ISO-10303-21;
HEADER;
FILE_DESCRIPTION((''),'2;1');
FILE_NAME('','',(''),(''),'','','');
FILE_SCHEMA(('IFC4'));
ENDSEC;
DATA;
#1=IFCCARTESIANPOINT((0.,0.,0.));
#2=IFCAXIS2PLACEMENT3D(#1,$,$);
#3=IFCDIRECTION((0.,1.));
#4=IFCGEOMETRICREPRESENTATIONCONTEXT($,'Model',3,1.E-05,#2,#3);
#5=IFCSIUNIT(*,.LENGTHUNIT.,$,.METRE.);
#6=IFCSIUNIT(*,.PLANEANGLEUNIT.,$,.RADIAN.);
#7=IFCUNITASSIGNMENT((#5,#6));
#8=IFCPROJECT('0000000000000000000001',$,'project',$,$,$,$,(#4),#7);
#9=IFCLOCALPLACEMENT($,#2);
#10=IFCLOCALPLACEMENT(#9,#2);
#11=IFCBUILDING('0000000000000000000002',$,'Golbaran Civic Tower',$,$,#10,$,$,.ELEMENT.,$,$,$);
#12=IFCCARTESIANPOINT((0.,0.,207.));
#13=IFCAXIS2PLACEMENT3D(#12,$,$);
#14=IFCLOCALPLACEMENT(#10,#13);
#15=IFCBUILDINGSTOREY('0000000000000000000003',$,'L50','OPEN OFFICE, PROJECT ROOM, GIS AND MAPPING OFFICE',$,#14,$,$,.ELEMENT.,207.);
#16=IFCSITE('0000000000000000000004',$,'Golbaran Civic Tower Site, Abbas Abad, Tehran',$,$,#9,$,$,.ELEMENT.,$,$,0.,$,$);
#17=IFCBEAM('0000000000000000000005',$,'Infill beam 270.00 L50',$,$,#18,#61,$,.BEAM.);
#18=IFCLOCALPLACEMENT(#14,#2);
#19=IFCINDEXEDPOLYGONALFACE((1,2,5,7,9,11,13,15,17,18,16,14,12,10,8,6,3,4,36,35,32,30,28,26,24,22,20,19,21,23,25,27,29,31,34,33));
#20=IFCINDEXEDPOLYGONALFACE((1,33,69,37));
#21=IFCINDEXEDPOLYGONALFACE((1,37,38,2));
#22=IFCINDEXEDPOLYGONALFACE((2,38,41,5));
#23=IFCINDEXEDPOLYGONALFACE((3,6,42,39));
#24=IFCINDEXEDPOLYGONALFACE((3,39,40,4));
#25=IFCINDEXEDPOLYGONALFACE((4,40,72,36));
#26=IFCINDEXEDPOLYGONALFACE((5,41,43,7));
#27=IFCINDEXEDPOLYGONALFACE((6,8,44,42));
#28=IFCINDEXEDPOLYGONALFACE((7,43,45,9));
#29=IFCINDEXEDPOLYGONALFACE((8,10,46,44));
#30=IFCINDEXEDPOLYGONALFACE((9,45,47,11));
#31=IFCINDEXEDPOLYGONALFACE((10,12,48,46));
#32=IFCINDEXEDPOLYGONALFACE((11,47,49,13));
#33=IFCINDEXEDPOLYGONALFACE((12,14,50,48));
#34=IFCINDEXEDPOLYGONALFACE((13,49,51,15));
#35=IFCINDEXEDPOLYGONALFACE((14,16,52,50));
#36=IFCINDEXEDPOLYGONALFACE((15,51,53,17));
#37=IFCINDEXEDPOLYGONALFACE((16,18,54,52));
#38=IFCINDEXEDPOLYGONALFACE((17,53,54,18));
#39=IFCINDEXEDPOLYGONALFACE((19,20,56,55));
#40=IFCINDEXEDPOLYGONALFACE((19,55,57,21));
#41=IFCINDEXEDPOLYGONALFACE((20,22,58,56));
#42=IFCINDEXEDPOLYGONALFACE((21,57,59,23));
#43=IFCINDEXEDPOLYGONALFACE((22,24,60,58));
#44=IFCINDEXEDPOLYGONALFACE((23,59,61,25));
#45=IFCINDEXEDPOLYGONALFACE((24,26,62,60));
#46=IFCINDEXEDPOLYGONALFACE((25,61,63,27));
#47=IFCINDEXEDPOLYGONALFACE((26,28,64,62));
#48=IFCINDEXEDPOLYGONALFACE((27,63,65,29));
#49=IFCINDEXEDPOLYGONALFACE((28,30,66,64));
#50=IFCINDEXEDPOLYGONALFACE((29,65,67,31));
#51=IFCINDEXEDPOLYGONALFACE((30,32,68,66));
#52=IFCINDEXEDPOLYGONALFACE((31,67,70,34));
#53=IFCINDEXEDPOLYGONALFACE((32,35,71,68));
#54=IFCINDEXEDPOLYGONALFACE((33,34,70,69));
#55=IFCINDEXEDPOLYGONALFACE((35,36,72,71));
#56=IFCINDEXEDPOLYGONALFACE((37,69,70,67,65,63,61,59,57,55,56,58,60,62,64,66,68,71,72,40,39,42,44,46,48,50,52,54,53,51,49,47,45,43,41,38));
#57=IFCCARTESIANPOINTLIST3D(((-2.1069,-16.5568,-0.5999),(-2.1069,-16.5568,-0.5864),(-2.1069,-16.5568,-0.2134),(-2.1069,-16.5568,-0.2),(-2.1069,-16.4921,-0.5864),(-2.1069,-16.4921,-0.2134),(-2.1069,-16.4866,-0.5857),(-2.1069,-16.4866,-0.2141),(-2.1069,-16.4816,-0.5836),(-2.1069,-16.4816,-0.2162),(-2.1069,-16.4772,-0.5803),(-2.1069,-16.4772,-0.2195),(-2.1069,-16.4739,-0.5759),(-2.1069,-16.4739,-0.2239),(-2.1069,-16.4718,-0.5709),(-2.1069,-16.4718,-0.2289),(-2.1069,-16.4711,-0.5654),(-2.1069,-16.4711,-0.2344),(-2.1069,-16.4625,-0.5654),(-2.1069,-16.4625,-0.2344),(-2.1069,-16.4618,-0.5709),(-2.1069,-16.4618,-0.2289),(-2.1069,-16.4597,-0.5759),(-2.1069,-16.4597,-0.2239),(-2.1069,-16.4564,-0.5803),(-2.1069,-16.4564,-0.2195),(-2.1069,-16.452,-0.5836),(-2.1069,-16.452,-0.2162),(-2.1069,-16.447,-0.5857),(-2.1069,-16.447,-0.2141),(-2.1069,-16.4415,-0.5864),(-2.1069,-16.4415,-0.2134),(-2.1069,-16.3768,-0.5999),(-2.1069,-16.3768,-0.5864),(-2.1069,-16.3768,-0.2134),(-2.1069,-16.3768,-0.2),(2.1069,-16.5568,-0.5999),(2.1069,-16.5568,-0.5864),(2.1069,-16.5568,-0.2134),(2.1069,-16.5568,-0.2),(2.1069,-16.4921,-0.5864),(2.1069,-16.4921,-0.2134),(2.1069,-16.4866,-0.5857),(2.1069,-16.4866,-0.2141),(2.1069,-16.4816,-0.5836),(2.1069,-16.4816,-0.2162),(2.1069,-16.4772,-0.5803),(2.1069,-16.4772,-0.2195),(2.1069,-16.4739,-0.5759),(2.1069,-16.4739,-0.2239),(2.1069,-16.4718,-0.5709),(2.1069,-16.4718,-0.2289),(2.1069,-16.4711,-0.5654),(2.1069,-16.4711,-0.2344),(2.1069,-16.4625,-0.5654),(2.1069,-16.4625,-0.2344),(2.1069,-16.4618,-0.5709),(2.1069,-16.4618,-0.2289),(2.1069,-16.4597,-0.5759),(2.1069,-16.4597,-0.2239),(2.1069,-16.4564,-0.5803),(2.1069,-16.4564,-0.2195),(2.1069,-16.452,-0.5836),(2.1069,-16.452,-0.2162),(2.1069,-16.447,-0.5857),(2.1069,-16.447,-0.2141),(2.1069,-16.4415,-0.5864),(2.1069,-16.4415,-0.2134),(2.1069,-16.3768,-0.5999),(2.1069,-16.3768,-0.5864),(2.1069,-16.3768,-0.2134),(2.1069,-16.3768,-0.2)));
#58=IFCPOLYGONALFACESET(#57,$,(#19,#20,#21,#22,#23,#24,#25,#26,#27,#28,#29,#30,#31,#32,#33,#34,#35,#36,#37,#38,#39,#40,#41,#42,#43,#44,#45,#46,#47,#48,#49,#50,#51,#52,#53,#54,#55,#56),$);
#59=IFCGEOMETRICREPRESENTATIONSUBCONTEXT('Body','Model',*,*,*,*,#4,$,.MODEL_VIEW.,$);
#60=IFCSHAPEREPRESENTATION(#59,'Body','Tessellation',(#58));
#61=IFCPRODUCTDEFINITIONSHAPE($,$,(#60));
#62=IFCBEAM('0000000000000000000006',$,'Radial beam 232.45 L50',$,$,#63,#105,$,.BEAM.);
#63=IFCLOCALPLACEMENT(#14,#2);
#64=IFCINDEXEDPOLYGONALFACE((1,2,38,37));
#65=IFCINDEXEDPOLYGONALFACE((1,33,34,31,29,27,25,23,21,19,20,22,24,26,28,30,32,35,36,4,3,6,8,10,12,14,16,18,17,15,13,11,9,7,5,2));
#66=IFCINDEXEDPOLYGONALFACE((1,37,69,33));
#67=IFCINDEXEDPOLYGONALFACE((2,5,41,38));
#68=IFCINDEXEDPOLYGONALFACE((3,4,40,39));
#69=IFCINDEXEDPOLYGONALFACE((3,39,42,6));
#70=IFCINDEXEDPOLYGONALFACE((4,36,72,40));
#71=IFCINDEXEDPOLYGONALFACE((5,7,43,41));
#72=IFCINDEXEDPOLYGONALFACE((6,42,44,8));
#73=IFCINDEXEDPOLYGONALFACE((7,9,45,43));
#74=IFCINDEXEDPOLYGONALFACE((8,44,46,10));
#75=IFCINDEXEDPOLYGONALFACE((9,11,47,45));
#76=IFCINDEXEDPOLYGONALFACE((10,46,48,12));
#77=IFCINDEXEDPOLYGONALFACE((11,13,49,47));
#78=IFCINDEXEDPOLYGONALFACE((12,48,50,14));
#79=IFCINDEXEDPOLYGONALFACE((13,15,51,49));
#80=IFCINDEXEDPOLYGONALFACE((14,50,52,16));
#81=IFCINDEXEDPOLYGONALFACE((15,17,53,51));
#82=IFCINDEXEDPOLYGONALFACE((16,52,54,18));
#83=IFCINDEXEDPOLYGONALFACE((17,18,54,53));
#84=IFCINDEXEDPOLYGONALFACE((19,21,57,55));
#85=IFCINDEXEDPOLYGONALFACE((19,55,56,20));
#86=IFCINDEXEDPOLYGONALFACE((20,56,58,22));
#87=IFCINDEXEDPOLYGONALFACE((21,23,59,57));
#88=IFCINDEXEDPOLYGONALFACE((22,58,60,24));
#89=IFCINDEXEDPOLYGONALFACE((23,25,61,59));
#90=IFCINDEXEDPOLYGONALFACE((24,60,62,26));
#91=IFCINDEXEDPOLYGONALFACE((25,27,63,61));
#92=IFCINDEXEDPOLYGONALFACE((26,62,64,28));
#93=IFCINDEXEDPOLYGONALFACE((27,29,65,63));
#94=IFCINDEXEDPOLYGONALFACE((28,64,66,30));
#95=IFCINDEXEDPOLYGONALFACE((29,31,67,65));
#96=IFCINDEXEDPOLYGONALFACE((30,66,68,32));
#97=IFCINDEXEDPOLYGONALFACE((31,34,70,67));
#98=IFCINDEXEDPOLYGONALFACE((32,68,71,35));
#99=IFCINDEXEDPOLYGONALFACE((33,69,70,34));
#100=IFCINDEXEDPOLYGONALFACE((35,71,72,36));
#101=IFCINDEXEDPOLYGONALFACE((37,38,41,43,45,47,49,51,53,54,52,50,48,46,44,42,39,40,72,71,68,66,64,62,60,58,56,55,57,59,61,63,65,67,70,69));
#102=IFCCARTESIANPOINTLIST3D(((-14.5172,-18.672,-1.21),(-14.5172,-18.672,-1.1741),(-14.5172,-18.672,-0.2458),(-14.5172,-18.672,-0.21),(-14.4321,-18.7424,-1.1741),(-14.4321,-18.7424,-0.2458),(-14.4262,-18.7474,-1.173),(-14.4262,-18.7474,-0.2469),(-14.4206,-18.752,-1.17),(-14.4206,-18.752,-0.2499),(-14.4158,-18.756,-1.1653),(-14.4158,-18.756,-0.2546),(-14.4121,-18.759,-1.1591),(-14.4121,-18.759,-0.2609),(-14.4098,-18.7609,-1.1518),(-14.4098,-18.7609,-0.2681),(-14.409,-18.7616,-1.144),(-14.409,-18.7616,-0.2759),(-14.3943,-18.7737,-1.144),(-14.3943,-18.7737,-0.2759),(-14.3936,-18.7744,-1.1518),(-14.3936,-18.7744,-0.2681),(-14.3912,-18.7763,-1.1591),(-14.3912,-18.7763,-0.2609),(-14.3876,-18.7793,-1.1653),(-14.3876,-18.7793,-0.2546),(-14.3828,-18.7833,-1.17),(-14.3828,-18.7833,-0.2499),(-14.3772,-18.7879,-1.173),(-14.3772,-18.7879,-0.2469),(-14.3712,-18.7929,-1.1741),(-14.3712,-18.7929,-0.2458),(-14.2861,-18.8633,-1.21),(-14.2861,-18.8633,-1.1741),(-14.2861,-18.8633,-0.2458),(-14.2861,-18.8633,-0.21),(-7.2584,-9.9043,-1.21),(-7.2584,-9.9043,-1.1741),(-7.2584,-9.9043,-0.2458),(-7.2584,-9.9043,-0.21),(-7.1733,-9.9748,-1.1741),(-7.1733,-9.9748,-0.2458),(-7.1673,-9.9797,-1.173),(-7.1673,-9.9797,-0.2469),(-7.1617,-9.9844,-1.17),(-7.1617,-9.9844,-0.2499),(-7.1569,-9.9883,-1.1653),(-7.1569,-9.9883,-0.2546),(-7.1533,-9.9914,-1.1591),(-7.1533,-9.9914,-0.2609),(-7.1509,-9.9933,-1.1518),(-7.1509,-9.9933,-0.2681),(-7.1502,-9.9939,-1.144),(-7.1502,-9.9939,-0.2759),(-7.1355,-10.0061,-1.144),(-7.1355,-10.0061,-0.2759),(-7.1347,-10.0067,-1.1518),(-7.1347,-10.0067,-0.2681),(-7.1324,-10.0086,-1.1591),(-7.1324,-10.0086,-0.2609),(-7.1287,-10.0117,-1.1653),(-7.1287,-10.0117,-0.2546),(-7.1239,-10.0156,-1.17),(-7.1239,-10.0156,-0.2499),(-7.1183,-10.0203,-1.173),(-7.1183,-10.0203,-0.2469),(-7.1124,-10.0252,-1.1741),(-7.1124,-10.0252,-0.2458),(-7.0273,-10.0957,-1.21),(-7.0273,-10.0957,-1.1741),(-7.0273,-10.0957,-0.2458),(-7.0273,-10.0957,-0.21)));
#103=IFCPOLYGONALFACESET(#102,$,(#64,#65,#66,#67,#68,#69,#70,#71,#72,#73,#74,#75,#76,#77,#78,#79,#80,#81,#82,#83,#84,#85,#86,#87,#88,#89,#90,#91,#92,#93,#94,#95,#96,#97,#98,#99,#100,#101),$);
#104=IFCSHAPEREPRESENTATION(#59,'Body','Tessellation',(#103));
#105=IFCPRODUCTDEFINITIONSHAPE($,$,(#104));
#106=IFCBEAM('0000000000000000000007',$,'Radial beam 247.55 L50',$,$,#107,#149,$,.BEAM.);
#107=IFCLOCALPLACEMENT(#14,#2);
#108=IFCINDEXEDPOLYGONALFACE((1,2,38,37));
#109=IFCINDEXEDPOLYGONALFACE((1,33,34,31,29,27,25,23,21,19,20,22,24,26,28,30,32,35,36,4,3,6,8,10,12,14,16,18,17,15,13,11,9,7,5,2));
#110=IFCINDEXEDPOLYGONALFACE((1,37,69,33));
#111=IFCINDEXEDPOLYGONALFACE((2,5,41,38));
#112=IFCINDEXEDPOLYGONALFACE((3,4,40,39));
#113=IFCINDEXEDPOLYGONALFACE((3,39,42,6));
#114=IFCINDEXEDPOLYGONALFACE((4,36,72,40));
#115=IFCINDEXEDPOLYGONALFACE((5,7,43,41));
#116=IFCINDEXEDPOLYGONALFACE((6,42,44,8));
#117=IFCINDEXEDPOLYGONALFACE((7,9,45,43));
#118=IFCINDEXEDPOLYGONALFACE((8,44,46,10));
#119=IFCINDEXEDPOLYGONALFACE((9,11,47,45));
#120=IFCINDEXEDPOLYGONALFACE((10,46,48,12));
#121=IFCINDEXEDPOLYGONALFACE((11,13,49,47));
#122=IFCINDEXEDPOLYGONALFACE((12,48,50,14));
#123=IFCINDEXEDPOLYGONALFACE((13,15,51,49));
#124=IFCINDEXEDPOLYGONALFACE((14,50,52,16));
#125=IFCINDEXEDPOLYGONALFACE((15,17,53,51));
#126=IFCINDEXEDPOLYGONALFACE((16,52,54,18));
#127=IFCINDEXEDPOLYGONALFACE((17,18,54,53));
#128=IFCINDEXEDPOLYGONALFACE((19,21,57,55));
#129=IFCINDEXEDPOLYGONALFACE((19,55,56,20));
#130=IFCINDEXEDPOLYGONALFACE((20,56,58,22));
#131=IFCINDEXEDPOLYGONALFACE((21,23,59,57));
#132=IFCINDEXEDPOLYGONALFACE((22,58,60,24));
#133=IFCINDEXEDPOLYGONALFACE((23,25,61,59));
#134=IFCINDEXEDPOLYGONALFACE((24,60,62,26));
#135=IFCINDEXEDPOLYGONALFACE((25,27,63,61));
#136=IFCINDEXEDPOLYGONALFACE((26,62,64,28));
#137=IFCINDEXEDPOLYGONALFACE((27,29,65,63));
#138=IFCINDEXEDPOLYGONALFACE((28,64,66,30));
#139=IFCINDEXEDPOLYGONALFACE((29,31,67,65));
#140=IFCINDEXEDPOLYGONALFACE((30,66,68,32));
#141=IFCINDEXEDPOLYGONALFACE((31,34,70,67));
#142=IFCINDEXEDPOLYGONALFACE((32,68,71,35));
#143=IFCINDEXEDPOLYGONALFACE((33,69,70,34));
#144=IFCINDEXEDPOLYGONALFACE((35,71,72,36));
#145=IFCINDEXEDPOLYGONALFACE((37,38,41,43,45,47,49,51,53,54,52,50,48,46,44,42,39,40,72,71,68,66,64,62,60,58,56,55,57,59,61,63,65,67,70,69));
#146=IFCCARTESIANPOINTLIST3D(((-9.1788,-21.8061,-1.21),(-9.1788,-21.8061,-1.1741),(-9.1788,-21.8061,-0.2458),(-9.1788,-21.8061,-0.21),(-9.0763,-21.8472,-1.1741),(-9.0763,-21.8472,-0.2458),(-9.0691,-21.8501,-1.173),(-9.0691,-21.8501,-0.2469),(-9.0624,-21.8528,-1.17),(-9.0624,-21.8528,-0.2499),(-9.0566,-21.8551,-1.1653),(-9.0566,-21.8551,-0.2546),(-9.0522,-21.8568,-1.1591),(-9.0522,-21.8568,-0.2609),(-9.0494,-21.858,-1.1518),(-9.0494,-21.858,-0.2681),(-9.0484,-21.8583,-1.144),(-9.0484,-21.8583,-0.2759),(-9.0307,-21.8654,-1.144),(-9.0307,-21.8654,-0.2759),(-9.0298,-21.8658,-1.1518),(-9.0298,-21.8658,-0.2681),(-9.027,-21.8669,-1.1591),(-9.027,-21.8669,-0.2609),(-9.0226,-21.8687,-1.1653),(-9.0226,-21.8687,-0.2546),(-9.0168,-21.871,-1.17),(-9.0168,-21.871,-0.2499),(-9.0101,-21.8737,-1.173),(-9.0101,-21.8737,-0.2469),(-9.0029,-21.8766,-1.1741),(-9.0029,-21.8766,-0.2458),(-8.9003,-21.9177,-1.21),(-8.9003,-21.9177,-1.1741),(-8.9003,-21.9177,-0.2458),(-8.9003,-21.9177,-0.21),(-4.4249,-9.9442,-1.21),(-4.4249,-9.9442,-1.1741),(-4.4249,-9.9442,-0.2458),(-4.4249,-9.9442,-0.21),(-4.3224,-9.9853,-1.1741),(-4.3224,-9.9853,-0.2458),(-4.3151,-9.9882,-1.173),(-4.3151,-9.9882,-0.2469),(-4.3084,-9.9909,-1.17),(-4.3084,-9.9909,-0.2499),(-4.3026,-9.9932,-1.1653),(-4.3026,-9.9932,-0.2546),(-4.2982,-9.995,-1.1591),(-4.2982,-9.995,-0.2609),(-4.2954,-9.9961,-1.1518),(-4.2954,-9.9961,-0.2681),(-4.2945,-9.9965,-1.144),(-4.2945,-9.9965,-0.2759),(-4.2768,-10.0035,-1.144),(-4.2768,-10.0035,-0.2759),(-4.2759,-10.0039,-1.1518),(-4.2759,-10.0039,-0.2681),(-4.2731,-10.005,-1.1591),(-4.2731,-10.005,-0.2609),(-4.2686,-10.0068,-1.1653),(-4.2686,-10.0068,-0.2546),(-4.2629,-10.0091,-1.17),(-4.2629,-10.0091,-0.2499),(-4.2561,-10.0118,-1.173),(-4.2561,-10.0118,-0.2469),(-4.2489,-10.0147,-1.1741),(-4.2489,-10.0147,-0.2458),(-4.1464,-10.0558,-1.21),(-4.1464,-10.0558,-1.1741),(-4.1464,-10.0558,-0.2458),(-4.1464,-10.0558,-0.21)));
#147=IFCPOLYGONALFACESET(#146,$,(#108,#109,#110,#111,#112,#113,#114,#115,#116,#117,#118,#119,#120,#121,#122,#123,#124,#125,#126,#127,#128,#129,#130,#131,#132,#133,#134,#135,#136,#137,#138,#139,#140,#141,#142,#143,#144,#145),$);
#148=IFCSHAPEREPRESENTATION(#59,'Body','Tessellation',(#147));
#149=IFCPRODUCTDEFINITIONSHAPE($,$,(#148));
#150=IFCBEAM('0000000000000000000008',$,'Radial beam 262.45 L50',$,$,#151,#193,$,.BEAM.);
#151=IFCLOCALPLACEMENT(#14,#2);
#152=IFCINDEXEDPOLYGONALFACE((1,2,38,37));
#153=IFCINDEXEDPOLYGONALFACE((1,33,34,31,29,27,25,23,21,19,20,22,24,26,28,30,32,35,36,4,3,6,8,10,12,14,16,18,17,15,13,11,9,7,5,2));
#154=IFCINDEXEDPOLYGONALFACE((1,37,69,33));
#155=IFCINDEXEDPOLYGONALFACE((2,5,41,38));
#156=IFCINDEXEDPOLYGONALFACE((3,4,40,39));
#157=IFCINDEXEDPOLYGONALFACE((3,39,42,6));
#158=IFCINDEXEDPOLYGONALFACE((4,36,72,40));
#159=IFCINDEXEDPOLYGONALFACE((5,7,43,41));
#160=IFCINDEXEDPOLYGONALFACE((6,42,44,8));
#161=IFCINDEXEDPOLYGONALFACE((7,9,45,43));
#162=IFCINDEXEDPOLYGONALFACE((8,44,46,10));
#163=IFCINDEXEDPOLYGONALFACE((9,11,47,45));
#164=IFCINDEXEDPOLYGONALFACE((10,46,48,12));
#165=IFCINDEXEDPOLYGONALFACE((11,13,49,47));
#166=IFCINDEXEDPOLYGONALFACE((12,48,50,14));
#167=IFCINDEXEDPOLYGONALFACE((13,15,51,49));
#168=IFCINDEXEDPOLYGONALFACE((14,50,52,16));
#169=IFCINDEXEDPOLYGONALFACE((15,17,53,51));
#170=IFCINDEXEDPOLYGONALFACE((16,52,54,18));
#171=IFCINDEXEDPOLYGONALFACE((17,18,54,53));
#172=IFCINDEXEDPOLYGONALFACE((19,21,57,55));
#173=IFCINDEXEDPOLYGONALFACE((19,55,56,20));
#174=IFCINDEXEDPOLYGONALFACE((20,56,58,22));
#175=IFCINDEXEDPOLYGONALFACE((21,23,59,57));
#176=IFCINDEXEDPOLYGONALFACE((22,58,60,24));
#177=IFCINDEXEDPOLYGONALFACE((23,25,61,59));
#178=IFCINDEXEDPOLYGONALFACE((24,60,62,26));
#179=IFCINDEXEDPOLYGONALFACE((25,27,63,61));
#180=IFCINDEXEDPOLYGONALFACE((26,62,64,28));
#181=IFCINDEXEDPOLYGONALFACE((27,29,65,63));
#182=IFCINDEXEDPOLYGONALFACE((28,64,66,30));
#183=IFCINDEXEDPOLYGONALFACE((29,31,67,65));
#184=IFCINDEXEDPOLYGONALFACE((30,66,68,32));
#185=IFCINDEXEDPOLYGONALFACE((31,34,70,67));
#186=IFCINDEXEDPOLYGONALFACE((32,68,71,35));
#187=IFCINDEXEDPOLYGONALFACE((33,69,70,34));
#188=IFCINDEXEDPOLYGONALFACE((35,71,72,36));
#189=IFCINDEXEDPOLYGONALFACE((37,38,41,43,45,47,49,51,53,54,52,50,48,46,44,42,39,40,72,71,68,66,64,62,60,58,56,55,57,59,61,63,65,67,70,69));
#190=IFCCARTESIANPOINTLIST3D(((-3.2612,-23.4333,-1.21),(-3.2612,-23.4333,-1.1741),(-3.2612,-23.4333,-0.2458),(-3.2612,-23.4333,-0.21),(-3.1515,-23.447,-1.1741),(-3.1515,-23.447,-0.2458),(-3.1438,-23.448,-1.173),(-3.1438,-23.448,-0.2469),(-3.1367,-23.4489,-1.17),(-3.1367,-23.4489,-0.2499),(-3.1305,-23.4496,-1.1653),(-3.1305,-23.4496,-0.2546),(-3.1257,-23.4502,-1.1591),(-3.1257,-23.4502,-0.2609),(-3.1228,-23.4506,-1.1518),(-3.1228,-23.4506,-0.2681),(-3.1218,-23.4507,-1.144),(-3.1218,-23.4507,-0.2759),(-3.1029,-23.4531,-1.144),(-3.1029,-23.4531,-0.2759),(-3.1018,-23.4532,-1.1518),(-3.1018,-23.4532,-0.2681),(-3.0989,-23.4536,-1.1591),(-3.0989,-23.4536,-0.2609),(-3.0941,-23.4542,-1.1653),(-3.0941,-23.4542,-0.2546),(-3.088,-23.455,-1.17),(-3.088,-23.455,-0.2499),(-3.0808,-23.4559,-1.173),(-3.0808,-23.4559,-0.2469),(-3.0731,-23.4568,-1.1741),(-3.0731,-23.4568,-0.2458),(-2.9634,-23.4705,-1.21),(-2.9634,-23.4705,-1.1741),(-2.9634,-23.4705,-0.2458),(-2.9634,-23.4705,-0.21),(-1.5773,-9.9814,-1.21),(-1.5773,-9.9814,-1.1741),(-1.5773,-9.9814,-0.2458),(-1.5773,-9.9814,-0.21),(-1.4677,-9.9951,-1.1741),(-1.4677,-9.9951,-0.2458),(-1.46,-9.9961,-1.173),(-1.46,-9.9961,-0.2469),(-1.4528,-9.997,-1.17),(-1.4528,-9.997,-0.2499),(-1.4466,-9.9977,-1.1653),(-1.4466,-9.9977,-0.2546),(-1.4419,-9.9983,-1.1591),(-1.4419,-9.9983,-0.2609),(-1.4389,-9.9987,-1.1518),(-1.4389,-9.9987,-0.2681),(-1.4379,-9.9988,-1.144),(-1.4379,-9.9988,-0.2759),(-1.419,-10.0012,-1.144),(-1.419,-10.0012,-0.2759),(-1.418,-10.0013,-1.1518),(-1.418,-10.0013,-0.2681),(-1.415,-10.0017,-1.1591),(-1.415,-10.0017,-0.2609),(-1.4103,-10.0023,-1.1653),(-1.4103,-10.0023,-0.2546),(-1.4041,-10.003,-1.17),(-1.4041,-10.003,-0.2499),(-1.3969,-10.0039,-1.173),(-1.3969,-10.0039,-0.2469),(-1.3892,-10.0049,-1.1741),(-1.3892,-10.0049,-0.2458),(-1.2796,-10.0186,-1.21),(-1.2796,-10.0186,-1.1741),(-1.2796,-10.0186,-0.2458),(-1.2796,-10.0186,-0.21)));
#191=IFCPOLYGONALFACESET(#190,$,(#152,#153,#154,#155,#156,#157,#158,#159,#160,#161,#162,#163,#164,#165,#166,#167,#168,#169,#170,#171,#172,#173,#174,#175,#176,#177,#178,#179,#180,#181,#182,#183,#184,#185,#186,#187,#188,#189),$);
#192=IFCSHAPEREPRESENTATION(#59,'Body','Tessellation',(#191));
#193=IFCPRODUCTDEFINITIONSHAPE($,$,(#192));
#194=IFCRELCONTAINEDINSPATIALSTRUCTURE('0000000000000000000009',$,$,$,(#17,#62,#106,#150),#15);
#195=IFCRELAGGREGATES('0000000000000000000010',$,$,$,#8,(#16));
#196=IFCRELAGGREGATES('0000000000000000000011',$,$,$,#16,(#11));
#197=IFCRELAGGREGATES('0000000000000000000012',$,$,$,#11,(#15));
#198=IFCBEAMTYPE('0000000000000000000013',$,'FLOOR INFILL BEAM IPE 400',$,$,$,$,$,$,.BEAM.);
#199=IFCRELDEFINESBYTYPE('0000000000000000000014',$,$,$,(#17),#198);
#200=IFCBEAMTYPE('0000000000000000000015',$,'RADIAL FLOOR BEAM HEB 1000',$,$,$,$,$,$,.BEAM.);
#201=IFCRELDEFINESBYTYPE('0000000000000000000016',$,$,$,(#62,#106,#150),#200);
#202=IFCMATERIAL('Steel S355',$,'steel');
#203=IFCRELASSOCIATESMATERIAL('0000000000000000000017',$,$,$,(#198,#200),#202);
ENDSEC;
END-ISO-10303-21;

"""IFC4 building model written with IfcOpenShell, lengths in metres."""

from ifc_helpers import new_model, si_unit, direction, frame, origin, origin_2d, place, context, subcontext, project, spatial, i_section, extrude, material, material_profile, profile_set, type_object, element, save


model = new_model("IFC4")

# Units and contexts
model_context = context("Model", 3, precision=1e-05, world=origin(), true_north=direction((0.0, 1.0)))
body_context = subcontext(model_context, "Body", "Model", "MODEL_VIEW")
ifc_project = project(units=[si_unit("LENGTHUNIT", "METRE"), si_unit("PLANEANGLEUNIT", "RADIAN")], contexts=[model_context])

# Site, building, storey
site_placement = place(None, origin())
site = spatial("IfcSite", under=ifc_project, at=site_placement, Name="Golbaran Civic Tower Site, Abbas Abad, Tehran", CompositionType="ELEMENT", RefElevation=0.0)
building_placement = place(site_placement, origin())
building = spatial("IfcBuilding", under=site, at=building_placement, Name="Golbaran Civic Tower", CompositionType="ELEMENT")
storey_placement = place(building_placement, frame((0.0, 0.0, 207.0)))
storey = spatial("IfcBuildingStorey", under=building, at=storey_placement, Name="L50", Description="OPEN OFFICE, PROJECT ROOM, GIS AND MAPPING OFFICE", CompositionType="ELEMENT", Elevation=207.0)

# Beams
ifc_material_1 = material(Name="Steel S355", Category="steel")
ifc_material_profile_1 = material_profile(ifc_material_1, i_section(OverallWidth=0.1799, OverallDepth=0.3999, WebThickness=0.0085, FlangeThickness=0.0134, FilletRadius=0.021, at=origin_2d()), Name="IPE 400")
ifc_profile_set_1 = profile_set([ifc_material_profile_1], Name="Steel S355")
beam_type_1 = type_object("IfcBeamType", Name="FLOOR INFILL BEAM IPE 400", PredefinedType="BEAM", material=ifc_profile_set_1)
beam_1_placement = place(storey_placement, frame((-2.1069, -16.4668, -0.3999), z_axis=(1.0, 0.0, 0.0), x_axis=(0.0, 1.0, 0.0)))
element("IfcBeam", 1, at=beam_1_placement, inside=storey, type_object=beam_type_1, Name="Infill beam 270.00 L50", PredefinedType="BEAM", context=body_context, shape_type="SweptSolid", body=[
    extrude(i_section(OverallWidth=0.1799, OverallDepth=0.3999, WebThickness=0.0085, FlangeThickness=0.0134, FilletRadius=0.021, at=origin_2d()), origin(), (0.0, 0.0, 1.0), 4.2139),
])
ifc_material_profile_2 = material_profile(ifc_material_1, i_section(OverallWidth=0.3, OverallDepth=1.0, WebThickness=0.019, FlangeThickness=0.0359, FilletRadius=0.03, at=origin_2d()), Name="HEB 1000")
ifc_profile_set_2 = profile_set([ifc_material_profile_2], Name="Steel S355")
beam_type_2 = type_object("IfcBeamType", Name="RADIAL FLOOR BEAM HEB 1000", PredefinedType="BEAM", material=ifc_profile_set_2)
beam_2_placement = place(storey_placement, frame((-7.1428, -10.0, -0.71), z_axis=(-0.637717, -0.770271, 0.0), x_axis=(0.770271, -0.637717, 0.0)))
element("IfcBeam", 2, at=beam_2_placement, inside=storey, type_object=beam_type_2, Name="Radial beam 232.45 L50", PredefinedType="BEAM", context=body_context, shape_type="SweptSolid", body=[
    extrude(i_section(OverallWidth=0.3, OverallDepth=1.0, WebThickness=0.019, FlangeThickness=0.0359, FilletRadius=0.03, at=origin_2d()), origin(), (0.0, 0.0, 1.0), 11.3826),
])
beam_3_placement = place(storey_placement, frame((-4.2856, -10.0, -0.71), z_axis=(-0.37201, -0.928229, 0.0), x_axis=(0.928229, -0.37201, 0.0)))
element("IfcBeam", 3, at=beam_3_placement, inside=storey, type_object=beam_type_2, Name="Radial beam 247.55 L50", PredefinedType="BEAM", context=body_context, shape_type="SweptSolid", body=[
    extrude(i_section(OverallWidth=0.3, OverallDepth=1.0, WebThickness=0.019, FlangeThickness=0.0359, FilletRadius=0.03, at=origin_2d()), origin(), (0.0, 0.0, 1.0), 12.7791),
])
beam_4_placement = place(storey_placement, frame((-1.4285, -10.0, -0.71), z_axis=(-0.124205, -0.992257, 0.0), x_axis=(0.992257, -0.124205, 0.0)))
element("IfcBeam", 4, at=beam_4_placement, inside=storey, type_object=beam_type_2, Name="Radial beam 262.45 L50", PredefinedType="BEAM", context=body_context, shape_type="SweptSolid", body=[
    extrude(i_section(OverallWidth=0.3, OverallDepth=1.0, WebThickness=0.019, FlangeThickness=0.0359, FilletRadius=0.03, at=origin_2d()), origin(), (0.0, 0.0, 1.0), 13.5569),
])

save(model, "model.ifc")
